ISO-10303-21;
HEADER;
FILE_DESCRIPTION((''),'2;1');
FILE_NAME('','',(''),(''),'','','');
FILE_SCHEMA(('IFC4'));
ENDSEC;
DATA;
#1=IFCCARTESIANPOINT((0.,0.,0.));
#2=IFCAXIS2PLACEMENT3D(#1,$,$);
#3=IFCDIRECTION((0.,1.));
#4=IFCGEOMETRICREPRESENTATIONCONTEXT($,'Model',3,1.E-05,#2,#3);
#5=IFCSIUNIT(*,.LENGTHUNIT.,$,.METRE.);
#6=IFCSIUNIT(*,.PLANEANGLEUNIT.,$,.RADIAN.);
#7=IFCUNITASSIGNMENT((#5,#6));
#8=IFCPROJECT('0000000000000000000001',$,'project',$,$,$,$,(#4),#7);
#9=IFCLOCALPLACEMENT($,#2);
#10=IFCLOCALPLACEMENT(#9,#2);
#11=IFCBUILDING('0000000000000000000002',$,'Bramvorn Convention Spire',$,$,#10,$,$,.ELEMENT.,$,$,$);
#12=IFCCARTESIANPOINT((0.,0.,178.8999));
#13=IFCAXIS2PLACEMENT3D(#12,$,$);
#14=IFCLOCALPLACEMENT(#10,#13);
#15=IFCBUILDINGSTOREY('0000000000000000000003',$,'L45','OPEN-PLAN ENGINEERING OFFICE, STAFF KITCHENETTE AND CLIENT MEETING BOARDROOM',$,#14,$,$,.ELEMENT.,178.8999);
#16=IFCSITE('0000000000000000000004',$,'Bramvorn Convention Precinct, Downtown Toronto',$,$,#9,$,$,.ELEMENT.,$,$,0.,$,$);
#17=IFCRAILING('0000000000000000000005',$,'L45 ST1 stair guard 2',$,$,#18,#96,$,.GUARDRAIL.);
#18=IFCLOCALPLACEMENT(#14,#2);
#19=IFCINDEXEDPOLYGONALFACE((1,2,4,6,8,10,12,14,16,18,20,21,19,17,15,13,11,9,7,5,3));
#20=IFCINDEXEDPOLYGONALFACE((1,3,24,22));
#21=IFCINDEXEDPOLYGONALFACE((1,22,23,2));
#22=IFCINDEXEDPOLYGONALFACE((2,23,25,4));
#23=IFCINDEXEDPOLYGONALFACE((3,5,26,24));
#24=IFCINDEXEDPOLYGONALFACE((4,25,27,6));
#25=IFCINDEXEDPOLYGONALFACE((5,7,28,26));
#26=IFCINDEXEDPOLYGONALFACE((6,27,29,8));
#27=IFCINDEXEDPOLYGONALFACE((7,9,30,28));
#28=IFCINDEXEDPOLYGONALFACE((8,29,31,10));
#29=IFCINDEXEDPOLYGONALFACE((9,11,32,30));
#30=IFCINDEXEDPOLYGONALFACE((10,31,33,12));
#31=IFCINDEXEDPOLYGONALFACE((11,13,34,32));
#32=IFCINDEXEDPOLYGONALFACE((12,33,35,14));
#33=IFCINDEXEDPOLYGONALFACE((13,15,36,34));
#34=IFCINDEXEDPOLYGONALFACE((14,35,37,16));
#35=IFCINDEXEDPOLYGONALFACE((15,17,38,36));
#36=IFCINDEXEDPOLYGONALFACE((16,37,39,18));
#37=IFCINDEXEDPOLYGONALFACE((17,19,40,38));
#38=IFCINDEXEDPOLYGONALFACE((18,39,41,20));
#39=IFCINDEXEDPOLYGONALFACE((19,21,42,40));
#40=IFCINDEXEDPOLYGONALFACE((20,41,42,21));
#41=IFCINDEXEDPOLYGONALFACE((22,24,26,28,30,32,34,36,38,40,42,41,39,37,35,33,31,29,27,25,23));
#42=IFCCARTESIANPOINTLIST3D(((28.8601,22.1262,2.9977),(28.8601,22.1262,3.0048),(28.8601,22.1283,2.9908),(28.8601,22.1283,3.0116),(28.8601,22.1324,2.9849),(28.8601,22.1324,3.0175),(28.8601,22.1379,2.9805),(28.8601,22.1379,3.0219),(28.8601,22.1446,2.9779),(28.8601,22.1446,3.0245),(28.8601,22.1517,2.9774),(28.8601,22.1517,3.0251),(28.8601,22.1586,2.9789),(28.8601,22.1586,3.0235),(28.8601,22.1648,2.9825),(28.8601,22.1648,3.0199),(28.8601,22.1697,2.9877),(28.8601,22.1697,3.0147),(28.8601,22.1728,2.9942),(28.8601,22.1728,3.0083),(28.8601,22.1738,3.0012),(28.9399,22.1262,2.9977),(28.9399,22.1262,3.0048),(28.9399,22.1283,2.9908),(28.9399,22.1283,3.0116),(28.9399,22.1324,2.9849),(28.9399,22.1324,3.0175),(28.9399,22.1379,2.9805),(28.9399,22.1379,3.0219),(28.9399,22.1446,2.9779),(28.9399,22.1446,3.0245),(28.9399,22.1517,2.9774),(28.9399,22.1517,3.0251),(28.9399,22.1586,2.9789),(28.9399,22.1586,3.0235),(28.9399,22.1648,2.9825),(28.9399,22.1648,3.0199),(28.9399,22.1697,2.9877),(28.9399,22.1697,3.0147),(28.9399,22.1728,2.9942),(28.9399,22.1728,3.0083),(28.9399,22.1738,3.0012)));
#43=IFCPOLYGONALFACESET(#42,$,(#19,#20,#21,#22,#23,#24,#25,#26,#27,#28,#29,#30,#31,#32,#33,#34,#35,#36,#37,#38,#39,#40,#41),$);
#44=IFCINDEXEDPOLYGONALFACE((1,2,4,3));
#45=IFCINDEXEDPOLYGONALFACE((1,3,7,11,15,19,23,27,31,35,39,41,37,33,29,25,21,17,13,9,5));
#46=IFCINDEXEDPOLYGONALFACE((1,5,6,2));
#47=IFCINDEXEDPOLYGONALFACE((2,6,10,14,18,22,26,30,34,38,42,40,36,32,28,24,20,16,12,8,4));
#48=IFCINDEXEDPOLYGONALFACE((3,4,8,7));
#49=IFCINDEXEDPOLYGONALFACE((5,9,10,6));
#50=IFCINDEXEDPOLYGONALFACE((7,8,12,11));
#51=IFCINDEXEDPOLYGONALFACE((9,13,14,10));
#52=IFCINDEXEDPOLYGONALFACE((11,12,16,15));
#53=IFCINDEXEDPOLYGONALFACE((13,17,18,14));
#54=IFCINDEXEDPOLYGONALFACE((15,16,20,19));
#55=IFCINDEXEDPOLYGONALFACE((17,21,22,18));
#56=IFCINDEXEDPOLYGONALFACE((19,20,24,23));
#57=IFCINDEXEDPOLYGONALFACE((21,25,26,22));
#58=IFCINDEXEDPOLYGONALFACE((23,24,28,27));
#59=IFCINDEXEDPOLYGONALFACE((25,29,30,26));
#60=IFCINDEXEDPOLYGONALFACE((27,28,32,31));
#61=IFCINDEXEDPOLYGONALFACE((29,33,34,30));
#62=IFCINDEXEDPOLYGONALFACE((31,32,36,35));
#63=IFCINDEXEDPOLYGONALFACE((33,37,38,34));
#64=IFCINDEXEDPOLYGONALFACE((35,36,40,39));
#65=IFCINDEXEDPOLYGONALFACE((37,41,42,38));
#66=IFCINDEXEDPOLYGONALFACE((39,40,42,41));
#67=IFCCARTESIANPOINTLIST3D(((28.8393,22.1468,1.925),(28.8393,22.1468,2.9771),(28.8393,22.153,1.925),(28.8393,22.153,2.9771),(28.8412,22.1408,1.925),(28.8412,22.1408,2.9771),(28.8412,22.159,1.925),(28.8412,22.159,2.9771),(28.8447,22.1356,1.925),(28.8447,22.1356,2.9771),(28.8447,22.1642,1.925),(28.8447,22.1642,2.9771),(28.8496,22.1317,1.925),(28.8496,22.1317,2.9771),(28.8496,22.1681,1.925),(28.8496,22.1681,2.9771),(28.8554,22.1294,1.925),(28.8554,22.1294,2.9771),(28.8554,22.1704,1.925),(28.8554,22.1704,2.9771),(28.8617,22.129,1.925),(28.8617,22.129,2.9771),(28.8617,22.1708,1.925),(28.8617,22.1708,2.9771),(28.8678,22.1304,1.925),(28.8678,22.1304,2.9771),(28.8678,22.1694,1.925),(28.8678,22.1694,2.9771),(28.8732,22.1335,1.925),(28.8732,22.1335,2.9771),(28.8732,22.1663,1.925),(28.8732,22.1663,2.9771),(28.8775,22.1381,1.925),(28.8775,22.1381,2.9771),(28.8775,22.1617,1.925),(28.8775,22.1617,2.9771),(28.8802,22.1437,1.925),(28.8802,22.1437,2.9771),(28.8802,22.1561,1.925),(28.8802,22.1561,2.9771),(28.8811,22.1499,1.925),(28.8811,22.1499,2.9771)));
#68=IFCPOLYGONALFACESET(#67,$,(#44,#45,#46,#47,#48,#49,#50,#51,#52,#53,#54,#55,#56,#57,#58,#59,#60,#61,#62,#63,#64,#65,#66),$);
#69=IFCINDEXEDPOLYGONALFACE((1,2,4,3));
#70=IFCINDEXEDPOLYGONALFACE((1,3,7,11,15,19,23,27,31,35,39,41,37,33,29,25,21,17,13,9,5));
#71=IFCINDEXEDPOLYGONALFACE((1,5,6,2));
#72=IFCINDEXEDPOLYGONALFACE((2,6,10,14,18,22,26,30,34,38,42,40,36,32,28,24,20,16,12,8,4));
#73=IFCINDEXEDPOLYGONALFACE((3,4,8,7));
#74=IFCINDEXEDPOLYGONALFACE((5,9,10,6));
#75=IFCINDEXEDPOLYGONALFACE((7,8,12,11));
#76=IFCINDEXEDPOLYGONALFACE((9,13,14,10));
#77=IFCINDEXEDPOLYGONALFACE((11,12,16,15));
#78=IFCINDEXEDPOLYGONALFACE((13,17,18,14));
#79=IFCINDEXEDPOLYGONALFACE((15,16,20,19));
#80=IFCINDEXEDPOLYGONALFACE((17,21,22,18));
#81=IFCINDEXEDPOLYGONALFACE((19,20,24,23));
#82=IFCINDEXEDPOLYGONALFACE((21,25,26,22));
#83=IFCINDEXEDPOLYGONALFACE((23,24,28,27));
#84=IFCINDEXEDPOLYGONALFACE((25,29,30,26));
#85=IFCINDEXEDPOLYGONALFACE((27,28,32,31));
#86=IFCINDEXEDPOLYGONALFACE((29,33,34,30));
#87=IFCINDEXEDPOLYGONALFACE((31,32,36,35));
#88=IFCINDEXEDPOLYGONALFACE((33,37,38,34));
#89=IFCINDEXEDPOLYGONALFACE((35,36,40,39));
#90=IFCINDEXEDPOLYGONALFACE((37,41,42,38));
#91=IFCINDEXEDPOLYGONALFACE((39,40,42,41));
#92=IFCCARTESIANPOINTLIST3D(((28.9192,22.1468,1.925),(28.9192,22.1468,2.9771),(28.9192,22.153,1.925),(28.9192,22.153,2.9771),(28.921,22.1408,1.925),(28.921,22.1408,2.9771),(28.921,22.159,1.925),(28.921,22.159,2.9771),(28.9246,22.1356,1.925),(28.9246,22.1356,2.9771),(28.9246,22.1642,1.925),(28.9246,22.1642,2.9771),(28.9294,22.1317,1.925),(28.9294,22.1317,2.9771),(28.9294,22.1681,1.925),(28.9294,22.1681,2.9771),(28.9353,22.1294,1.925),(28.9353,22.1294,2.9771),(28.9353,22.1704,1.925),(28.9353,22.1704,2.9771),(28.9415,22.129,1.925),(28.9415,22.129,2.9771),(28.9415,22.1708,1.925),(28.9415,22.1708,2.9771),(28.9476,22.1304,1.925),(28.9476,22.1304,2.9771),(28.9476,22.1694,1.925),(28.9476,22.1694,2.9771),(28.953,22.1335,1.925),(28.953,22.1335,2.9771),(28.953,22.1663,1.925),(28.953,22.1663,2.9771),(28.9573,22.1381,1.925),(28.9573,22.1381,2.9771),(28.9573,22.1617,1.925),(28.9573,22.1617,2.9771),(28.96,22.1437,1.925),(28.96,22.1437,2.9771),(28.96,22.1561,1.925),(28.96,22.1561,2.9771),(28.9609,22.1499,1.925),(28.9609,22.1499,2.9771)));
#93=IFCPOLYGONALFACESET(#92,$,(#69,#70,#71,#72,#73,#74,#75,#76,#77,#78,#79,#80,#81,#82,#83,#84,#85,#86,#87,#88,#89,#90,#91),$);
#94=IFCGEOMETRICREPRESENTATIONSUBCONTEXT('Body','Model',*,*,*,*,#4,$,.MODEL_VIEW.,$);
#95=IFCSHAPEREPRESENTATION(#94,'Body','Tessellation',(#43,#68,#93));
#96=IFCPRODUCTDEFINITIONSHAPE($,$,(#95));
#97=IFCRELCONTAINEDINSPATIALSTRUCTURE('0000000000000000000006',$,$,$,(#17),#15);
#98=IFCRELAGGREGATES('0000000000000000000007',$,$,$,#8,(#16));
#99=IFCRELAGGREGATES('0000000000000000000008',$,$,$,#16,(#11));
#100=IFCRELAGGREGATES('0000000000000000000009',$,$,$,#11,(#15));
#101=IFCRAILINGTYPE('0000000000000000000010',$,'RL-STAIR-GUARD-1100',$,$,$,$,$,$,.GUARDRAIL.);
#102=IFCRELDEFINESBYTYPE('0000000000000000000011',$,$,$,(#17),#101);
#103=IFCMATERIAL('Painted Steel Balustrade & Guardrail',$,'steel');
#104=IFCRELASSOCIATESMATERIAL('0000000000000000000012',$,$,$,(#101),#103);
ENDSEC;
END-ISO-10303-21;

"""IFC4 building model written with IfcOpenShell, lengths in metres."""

from ifc_helpers import new_model, si_unit, direction, frame, origin, origin_2d, place, context, subcontext, project, spatial, circle, extrude, material, type_object, element, save


model = new_model("IFC4")

# Units and contexts
model_context = context("Model", 3, precision=1e-05, world=origin(), true_north=direction((0.0, 1.0)))
body_context = subcontext(model_context, "Body", "Model", "MODEL_VIEW")
ifc_project = project(units=[si_unit("LENGTHUNIT", "METRE"), si_unit("PLANEANGLEUNIT", "RADIAN")], contexts=[model_context])

# Site, building, storey
site_placement = place(None, origin())
site = spatial("IfcSite", under=ifc_project, at=site_placement, Name="Bramvorn Convention Precinct, Downtown Toronto", CompositionType="ELEMENT", RefElevation=0.0)
building_placement = place(site_placement, origin())
building = spatial("IfcBuilding", under=site, at=building_placement, Name="Bramvorn Convention Spire", CompositionType="ELEMENT")
storey_placement = place(building_placement, frame((0.0, 0.0, 178.8999)))
storey = spatial("IfcBuildingStorey", under=building, at=storey_placement, Name="L45", Description="OPEN-PLAN ENGINEERING OFFICE, STAFF KITCHENETTE AND CLIENT MEETING BOARDROOM", CompositionType="ELEMENT", Elevation=178.8999)

# Railing
ifc_material_1 = material(Name="Painted Steel Balustrade & Guardrail", Category="steel")
railing_type_1 = type_object("IfcRailingType", Name="RL-STAIR-GUARD-1100", PredefinedType="GUARDRAIL", material=ifc_material_1)
railing_1_placement = place(storey_placement, frame((28.8601, 22.1499, 1.925)))
element("IfcRailing", 1, at=railing_1_placement, inside=storey, type_object=railing_type_1, Name="L45 ST1 stair guard 2", PredefinedType="GUARDRAIL", context=body_context, shape_type="SweptSolid", body=[
    extrude(circle(Radius=0.0239, at=origin_2d()), frame((0.0, 0.0, 1.0762), z_axis=(1.0, 0.0, 0.0), x_axis=(0.0, 1.0, 0.0)), (0.0, 0.0, 1.0), 0.0798),
    extrude(circle(Radius=0.021, at=origin_2d()), origin(), (0.0, 0.0, 1.0), 1.052),
    extrude(circle(Radius=0.021, at=origin_2d()), frame((0.0798, 0.0, 0.0)), (0.0, 0.0, 1.0), 1.052),
])

save(model, "model.ifc")
